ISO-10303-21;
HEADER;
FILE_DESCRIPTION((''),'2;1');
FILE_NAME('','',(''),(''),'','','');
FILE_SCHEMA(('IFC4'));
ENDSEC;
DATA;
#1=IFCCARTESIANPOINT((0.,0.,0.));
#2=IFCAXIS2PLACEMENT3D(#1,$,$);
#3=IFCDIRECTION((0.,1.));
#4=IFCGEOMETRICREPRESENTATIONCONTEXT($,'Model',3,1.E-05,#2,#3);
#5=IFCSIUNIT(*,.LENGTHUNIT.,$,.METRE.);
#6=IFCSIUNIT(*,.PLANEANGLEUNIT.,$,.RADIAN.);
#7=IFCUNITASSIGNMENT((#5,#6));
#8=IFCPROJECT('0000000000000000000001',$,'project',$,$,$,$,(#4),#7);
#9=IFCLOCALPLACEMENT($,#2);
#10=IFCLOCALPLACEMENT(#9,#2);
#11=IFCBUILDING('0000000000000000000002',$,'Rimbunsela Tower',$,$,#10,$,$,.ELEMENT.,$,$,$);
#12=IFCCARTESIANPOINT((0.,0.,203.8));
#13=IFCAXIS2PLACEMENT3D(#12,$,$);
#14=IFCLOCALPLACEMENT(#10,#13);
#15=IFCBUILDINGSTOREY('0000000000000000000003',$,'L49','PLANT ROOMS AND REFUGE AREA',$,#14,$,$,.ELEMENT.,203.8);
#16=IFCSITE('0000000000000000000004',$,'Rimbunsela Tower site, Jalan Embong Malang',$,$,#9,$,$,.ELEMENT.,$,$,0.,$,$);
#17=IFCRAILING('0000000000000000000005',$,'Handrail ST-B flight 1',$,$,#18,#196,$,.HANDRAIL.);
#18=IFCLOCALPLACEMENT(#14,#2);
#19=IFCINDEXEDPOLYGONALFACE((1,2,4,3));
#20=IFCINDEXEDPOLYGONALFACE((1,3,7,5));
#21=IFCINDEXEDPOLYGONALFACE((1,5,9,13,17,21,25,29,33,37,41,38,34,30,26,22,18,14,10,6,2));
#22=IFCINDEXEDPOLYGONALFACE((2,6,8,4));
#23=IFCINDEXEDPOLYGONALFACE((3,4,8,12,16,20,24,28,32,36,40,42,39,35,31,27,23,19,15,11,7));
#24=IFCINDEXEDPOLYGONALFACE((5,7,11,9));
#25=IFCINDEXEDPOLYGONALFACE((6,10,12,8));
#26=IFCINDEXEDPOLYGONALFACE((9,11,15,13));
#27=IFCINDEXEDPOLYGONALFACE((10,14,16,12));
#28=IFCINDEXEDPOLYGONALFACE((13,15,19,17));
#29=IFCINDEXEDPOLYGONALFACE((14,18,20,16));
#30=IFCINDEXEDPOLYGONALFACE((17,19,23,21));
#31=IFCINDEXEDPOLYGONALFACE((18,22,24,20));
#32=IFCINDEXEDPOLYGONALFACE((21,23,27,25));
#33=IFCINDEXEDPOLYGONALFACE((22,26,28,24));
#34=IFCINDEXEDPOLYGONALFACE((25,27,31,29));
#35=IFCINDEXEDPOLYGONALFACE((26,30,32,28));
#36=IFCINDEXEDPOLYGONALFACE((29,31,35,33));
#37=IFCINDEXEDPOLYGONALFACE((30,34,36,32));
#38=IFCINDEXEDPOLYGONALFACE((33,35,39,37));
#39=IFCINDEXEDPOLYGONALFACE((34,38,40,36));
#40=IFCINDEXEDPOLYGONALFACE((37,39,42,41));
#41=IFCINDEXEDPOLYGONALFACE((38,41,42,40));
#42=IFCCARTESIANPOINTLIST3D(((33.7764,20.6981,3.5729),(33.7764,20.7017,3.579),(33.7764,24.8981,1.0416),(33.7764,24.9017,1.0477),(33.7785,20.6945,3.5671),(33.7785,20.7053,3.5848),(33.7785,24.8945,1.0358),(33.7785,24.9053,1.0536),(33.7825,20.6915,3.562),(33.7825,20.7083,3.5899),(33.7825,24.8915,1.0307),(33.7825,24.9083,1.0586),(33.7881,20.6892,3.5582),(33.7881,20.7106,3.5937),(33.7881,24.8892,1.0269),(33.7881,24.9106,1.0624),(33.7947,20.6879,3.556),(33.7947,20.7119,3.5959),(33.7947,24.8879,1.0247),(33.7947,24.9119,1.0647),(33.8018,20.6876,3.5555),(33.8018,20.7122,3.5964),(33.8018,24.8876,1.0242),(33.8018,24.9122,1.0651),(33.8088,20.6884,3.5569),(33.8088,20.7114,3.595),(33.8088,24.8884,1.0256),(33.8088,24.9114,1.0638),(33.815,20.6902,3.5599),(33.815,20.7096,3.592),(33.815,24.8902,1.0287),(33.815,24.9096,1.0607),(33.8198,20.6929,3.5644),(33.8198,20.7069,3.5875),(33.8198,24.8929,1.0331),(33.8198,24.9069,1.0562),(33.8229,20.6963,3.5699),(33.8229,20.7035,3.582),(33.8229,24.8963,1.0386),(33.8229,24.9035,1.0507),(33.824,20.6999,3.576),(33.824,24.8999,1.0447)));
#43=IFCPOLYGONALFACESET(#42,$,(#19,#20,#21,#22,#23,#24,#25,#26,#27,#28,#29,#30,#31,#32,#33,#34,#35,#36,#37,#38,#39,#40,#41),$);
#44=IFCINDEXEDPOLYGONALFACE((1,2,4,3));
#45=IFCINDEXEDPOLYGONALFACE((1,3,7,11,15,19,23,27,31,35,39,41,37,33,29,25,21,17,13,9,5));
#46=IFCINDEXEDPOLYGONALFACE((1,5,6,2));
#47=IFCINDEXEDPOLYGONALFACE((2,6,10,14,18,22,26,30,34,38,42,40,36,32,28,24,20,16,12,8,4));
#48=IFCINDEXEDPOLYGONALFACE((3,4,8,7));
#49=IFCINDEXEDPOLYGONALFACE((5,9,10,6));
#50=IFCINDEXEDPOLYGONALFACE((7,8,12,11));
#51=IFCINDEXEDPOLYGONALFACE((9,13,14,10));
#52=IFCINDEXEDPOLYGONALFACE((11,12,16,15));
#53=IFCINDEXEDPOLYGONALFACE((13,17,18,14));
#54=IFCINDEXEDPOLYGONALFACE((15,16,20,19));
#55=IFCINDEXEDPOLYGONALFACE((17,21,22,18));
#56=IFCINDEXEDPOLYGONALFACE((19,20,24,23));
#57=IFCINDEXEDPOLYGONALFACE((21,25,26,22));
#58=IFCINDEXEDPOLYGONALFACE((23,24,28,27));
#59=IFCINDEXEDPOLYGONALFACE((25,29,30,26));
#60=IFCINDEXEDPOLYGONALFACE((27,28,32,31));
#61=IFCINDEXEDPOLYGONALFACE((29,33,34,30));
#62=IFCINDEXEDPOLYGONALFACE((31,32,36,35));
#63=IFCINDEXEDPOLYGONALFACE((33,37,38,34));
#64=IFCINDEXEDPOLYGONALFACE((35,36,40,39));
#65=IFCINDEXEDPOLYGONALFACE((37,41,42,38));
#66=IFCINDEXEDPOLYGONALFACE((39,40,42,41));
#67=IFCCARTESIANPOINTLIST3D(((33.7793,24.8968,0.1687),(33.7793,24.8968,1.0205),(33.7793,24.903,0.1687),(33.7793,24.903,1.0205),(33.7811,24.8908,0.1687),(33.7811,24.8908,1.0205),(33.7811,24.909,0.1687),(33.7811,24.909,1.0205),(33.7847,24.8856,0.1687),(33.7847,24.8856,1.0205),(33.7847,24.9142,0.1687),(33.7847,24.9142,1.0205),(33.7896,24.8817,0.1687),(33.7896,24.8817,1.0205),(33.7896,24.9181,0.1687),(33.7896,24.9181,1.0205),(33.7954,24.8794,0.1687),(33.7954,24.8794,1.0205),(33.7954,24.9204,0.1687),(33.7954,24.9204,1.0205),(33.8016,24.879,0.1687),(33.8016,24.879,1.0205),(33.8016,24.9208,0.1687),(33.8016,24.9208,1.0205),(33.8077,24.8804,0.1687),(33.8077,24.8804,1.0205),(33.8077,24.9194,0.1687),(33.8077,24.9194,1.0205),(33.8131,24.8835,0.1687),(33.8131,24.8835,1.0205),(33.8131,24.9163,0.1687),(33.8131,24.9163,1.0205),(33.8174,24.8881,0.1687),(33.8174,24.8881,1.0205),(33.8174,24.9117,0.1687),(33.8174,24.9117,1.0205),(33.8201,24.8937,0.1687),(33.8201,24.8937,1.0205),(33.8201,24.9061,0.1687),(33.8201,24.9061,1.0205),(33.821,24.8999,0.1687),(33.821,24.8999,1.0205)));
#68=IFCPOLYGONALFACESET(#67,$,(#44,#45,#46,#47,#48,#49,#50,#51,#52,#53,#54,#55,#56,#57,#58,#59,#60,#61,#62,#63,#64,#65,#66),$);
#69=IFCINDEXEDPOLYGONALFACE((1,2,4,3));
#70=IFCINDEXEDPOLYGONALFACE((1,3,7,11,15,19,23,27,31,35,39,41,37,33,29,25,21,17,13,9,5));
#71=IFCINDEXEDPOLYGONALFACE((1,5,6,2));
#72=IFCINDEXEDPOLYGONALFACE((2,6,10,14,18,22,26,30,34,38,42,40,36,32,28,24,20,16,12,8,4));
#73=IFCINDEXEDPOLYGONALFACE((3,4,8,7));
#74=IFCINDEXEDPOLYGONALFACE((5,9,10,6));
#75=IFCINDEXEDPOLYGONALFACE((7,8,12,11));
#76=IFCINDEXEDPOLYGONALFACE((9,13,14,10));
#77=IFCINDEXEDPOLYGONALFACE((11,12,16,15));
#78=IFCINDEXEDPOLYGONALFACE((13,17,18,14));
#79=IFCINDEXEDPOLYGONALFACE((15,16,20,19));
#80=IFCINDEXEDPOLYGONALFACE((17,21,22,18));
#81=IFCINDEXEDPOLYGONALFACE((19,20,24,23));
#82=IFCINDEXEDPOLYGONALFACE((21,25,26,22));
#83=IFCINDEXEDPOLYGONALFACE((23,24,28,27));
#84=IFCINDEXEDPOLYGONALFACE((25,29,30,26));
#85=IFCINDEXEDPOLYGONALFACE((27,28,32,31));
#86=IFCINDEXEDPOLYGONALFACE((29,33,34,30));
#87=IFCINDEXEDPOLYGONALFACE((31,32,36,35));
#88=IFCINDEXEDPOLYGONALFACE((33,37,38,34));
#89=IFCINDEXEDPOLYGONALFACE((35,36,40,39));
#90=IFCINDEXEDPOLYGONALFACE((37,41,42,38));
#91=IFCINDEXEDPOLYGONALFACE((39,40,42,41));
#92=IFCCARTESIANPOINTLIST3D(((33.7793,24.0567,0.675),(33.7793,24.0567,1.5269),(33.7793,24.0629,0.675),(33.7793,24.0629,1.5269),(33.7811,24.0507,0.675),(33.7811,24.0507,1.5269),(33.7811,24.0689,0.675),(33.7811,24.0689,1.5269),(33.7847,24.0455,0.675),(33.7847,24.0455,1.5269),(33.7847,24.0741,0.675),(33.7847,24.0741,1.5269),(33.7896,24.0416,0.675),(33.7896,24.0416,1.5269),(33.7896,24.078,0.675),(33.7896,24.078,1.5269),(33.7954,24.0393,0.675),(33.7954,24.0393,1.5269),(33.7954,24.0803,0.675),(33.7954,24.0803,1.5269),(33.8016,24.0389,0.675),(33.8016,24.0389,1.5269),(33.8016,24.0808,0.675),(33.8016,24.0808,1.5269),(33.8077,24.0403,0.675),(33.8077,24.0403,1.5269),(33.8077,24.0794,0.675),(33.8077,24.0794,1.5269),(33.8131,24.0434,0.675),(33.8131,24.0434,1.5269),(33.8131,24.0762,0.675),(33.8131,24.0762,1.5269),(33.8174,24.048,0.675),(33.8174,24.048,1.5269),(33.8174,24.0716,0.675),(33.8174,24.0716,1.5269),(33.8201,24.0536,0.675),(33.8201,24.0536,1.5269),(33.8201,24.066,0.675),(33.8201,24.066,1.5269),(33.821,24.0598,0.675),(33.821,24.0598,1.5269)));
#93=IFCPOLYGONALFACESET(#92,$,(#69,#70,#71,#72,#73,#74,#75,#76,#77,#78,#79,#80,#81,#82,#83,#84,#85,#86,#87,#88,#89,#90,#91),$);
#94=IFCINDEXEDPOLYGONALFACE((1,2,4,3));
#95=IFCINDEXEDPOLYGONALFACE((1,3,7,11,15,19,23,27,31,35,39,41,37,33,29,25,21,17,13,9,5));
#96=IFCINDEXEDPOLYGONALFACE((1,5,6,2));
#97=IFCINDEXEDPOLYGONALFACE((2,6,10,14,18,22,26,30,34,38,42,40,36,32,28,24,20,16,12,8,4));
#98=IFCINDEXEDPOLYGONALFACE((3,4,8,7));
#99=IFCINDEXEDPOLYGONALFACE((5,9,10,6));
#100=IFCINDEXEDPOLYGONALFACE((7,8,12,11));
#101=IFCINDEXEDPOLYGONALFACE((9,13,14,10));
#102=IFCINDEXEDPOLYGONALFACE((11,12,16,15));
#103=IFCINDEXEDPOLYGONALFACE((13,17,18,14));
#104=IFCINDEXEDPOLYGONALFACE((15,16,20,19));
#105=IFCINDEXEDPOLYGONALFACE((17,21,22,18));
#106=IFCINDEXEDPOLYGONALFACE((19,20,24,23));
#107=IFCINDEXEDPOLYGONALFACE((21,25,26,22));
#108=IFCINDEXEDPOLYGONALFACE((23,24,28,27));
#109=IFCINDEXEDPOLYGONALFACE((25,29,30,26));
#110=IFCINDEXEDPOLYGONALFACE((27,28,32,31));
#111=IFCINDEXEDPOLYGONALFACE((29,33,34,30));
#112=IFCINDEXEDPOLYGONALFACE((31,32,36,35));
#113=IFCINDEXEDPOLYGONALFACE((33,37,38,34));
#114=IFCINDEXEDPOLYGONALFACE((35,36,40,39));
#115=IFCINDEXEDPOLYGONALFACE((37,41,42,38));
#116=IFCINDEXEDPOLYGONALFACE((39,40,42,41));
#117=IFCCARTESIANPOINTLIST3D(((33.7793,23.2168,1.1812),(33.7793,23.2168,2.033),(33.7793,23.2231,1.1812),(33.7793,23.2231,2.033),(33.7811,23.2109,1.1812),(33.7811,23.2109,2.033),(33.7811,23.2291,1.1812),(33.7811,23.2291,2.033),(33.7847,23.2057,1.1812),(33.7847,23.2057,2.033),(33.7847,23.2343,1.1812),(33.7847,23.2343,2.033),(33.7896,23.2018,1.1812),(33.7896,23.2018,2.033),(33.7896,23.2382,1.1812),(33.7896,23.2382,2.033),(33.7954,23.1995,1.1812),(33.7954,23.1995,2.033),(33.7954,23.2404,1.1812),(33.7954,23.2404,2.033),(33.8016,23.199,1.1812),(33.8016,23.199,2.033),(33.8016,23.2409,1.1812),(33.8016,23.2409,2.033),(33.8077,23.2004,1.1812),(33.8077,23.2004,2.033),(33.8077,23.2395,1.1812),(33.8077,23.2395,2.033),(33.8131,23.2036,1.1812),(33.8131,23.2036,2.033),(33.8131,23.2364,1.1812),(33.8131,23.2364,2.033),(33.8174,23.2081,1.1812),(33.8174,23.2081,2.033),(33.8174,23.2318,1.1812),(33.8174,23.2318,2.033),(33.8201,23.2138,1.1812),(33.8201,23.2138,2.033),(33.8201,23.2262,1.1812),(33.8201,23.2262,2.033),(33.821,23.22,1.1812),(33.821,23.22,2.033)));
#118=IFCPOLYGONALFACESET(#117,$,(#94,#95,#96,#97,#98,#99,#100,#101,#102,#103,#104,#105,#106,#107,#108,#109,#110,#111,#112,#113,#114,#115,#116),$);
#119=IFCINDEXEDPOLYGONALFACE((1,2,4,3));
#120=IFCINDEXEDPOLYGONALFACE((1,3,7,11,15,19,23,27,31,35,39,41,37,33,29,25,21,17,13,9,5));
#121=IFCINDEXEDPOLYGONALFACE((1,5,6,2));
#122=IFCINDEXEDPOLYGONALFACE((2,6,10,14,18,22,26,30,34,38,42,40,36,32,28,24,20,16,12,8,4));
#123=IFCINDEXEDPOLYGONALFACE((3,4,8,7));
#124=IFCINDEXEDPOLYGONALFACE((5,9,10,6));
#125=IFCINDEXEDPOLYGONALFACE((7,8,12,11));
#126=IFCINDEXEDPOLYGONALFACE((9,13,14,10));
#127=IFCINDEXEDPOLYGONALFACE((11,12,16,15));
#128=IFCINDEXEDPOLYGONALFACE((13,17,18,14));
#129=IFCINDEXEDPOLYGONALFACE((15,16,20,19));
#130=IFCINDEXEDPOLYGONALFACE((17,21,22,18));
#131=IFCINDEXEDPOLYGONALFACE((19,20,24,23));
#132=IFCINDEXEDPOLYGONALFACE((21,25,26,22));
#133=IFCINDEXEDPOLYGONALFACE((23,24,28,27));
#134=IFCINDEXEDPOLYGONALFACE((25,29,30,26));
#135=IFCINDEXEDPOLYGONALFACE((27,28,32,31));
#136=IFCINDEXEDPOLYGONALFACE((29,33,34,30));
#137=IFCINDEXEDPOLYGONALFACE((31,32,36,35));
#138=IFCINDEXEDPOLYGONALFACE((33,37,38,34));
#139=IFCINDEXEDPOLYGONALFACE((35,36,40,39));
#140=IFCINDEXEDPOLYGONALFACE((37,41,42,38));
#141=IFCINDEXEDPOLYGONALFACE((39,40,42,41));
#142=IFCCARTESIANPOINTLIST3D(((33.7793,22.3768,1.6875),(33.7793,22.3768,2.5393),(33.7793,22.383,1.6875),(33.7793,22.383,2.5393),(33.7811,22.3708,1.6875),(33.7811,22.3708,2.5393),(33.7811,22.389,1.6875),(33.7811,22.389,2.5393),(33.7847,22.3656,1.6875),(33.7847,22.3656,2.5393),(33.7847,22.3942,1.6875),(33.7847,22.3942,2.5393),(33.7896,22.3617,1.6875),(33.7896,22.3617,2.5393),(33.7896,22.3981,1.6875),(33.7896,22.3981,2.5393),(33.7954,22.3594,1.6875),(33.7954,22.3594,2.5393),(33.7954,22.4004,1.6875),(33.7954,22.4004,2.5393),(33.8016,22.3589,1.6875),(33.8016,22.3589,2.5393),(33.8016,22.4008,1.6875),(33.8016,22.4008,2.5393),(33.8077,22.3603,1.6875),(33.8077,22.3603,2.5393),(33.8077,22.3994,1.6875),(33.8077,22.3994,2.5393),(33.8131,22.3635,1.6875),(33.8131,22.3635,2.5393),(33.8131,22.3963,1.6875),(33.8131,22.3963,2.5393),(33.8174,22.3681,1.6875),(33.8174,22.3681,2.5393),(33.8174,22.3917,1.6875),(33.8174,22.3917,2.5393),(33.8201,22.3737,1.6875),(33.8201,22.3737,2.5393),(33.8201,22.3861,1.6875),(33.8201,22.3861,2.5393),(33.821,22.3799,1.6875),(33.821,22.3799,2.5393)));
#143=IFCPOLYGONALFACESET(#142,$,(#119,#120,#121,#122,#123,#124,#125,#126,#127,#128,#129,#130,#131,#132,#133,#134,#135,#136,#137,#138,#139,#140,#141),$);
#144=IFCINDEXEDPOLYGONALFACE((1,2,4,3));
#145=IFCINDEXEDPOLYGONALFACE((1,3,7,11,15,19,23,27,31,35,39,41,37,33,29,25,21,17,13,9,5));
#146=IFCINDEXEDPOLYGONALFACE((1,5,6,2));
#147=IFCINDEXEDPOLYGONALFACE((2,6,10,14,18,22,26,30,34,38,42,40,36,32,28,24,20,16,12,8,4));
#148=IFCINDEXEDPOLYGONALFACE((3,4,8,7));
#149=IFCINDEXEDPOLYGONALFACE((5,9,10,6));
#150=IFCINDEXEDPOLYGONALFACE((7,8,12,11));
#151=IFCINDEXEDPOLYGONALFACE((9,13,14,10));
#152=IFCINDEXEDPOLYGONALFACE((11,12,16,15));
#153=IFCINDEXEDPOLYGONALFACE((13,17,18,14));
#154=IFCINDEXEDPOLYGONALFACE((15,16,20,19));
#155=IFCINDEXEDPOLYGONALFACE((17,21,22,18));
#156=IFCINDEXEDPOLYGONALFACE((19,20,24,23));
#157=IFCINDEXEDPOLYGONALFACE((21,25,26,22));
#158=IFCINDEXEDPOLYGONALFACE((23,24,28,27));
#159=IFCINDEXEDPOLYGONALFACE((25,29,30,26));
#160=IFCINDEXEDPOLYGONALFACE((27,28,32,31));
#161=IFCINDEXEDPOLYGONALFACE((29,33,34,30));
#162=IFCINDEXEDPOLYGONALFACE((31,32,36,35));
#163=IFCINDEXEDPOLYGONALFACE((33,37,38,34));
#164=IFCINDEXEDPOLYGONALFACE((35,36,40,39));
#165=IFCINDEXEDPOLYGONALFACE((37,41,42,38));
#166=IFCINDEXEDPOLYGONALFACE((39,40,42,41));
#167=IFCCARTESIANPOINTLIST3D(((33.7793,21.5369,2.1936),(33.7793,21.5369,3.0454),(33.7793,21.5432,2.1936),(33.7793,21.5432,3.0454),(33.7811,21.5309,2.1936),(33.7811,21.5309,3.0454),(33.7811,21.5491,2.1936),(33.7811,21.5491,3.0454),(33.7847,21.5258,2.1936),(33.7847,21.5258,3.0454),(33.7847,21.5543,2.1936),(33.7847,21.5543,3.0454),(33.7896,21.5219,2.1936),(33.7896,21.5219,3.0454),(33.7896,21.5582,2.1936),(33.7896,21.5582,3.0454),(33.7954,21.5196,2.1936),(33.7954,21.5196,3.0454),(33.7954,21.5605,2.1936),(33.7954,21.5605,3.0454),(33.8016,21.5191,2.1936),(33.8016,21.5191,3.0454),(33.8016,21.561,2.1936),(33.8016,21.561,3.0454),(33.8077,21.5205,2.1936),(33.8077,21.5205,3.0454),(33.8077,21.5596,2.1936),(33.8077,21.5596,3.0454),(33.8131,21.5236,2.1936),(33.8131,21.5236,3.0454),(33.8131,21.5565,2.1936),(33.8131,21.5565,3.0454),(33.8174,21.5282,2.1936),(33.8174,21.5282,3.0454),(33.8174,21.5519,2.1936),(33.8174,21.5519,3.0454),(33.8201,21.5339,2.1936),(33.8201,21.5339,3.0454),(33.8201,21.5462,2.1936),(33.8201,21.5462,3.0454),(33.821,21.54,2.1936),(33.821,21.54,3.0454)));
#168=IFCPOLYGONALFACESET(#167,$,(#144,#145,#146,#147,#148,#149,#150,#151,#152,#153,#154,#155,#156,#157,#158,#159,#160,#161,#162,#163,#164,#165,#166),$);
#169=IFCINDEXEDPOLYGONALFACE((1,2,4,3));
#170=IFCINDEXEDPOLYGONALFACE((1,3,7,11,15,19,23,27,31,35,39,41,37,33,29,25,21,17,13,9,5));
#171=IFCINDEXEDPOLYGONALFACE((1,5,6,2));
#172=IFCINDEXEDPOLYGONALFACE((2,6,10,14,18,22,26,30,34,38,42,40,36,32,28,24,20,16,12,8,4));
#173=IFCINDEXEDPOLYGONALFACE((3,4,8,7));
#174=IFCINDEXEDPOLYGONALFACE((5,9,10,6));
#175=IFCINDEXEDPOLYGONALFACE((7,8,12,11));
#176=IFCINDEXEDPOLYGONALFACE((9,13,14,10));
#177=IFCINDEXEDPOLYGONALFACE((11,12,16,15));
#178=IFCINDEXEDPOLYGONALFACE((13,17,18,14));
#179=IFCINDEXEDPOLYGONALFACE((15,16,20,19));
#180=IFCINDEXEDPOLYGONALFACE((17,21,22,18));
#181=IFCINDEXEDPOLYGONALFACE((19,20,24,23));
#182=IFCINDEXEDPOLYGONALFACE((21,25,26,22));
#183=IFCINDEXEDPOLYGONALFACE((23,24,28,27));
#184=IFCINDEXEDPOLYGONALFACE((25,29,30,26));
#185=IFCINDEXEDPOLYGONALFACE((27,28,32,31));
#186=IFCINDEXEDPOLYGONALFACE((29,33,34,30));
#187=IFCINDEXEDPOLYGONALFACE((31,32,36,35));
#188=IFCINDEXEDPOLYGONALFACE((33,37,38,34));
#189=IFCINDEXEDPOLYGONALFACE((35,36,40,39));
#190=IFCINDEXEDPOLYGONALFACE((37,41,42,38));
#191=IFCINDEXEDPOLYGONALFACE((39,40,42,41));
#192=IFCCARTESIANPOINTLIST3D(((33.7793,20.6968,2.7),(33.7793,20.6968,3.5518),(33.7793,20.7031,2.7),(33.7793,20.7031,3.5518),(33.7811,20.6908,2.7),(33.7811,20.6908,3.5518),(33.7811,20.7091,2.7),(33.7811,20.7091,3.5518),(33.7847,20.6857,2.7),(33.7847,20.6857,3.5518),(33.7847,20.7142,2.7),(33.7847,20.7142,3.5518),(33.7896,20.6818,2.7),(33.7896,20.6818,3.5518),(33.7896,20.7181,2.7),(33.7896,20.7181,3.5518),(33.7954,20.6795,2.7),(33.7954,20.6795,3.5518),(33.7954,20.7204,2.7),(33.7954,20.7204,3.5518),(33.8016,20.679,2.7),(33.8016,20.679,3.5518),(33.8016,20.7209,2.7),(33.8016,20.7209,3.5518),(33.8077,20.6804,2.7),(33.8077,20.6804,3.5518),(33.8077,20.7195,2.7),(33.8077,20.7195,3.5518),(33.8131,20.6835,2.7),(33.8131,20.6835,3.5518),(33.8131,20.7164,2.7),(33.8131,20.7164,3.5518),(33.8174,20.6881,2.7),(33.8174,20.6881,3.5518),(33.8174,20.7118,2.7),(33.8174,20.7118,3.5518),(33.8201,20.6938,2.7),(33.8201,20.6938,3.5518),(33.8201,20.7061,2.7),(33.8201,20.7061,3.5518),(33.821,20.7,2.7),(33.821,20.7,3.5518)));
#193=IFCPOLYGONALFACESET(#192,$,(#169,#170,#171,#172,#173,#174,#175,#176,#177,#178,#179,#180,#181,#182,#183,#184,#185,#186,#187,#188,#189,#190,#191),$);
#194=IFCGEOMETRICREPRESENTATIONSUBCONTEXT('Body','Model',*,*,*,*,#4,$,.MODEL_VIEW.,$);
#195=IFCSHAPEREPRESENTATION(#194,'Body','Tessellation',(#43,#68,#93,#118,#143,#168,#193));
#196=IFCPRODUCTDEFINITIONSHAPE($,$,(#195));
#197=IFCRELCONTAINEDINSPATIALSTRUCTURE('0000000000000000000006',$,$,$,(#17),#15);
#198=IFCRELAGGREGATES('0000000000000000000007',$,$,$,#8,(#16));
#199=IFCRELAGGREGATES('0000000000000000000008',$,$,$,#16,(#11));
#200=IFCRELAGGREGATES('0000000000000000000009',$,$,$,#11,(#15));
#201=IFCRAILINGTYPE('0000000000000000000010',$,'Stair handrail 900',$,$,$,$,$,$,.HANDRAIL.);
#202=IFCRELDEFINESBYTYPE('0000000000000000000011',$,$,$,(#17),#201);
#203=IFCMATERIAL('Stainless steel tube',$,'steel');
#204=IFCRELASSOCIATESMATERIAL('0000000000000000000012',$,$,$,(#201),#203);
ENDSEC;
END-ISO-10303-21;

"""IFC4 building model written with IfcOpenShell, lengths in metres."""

from ifc_helpers import new_model, si_unit, direction, frame, origin, origin_2d, place, context, subcontext, project, spatial, circle, extrude, material, type_object, element, save


model = new_model("IFC4")

# Units and contexts
model_context = context("Model", 3, precision=1e-05, world=origin(), true_north=direction((0.0, 1.0)))
body_context = subcontext(model_context, "Body", "Model", "MODEL_VIEW")
ifc_project = project(units=[si_unit("LENGTHUNIT", "METRE"), si_unit("PLANEANGLEUNIT", "RADIAN")], contexts=[model_context])

# Site, building, storey
site_placement = place(None, origin())
site = spatial("IfcSite", under=ifc_project, at=site_placement, Name="Rimbunsela Tower site, Jalan Embong Malang", CompositionType="ELEMENT", RefElevation=0.0)
building_placement = place(site_placement, origin())
building = spatial("IfcBuilding", under=site, at=building_placement, Name="Rimbunsela Tower", CompositionType="ELEMENT")
storey_placement = place(building_placement, frame((0.0, 0.0, 203.8)))
storey = spatial("IfcBuildingStorey", under=building, at=storey_placement, Name="L49", Description="PLANT ROOMS AND REFUGE AREA", CompositionType="ELEMENT", Elevation=203.8)

# Railing
ifc_material_1 = material(Name="Stainless steel tube", Category="steel")
railing_type = type_object("IfcRailingType", Name="Stair handrail 900", PredefinedType="HANDRAIL", material=ifc_material_1)
railing_1_placement = place(storey_placement, frame((33.8, 24.8999, 0.1687)))
element("IfcRailing", 1, at=railing_1_placement, inside=storey, type_object=railing_type, Name="Handrail ST-B flight 1", PredefinedType="HANDRAIL", context=body_context, shape_type="SweptSolid", body=[
    extrude(circle(Radius=0.0239, at=origin_2d()), frame((0.0, 0.0, 0.876), z_axis=(0.0, -0.856476, 0.516186), x_axis=(1.0, 0.0, 0.0)), (0.0, 0.0, 1.0), 4.9038),
    extrude(circle(Radius=0.021, at=origin_2d()), origin(), (0.0, 0.0, 1.0), 0.8518),
    extrude(circle(Radius=0.021, at=origin_2d()), frame((0.0, -0.8401, 0.5063)), (0.0, 0.0, 1.0), 0.8518),
    extrude(circle(Radius=0.021, at=origin_2d()), frame((0.0, -1.6799, 1.0125)), (0.0, 0.0, 1.0), 0.8518),
    extrude(circle(Radius=0.021, at=origin_2d()), frame((0.0, -2.52, 1.5188)), (0.0, 0.0, 1.0), 0.8518),
    extrude(circle(Radius=0.021, at=origin_2d()), frame((0.0, -3.3599, 2.0249)), (0.0, 0.0, 1.0), 0.8518),
    extrude(circle(Radius=0.021, at=origin_2d()), frame((0.0, -4.2, 2.5312)), (0.0, 0.0, 1.0), 0.8518),
])

save(model, "model.ifc")
